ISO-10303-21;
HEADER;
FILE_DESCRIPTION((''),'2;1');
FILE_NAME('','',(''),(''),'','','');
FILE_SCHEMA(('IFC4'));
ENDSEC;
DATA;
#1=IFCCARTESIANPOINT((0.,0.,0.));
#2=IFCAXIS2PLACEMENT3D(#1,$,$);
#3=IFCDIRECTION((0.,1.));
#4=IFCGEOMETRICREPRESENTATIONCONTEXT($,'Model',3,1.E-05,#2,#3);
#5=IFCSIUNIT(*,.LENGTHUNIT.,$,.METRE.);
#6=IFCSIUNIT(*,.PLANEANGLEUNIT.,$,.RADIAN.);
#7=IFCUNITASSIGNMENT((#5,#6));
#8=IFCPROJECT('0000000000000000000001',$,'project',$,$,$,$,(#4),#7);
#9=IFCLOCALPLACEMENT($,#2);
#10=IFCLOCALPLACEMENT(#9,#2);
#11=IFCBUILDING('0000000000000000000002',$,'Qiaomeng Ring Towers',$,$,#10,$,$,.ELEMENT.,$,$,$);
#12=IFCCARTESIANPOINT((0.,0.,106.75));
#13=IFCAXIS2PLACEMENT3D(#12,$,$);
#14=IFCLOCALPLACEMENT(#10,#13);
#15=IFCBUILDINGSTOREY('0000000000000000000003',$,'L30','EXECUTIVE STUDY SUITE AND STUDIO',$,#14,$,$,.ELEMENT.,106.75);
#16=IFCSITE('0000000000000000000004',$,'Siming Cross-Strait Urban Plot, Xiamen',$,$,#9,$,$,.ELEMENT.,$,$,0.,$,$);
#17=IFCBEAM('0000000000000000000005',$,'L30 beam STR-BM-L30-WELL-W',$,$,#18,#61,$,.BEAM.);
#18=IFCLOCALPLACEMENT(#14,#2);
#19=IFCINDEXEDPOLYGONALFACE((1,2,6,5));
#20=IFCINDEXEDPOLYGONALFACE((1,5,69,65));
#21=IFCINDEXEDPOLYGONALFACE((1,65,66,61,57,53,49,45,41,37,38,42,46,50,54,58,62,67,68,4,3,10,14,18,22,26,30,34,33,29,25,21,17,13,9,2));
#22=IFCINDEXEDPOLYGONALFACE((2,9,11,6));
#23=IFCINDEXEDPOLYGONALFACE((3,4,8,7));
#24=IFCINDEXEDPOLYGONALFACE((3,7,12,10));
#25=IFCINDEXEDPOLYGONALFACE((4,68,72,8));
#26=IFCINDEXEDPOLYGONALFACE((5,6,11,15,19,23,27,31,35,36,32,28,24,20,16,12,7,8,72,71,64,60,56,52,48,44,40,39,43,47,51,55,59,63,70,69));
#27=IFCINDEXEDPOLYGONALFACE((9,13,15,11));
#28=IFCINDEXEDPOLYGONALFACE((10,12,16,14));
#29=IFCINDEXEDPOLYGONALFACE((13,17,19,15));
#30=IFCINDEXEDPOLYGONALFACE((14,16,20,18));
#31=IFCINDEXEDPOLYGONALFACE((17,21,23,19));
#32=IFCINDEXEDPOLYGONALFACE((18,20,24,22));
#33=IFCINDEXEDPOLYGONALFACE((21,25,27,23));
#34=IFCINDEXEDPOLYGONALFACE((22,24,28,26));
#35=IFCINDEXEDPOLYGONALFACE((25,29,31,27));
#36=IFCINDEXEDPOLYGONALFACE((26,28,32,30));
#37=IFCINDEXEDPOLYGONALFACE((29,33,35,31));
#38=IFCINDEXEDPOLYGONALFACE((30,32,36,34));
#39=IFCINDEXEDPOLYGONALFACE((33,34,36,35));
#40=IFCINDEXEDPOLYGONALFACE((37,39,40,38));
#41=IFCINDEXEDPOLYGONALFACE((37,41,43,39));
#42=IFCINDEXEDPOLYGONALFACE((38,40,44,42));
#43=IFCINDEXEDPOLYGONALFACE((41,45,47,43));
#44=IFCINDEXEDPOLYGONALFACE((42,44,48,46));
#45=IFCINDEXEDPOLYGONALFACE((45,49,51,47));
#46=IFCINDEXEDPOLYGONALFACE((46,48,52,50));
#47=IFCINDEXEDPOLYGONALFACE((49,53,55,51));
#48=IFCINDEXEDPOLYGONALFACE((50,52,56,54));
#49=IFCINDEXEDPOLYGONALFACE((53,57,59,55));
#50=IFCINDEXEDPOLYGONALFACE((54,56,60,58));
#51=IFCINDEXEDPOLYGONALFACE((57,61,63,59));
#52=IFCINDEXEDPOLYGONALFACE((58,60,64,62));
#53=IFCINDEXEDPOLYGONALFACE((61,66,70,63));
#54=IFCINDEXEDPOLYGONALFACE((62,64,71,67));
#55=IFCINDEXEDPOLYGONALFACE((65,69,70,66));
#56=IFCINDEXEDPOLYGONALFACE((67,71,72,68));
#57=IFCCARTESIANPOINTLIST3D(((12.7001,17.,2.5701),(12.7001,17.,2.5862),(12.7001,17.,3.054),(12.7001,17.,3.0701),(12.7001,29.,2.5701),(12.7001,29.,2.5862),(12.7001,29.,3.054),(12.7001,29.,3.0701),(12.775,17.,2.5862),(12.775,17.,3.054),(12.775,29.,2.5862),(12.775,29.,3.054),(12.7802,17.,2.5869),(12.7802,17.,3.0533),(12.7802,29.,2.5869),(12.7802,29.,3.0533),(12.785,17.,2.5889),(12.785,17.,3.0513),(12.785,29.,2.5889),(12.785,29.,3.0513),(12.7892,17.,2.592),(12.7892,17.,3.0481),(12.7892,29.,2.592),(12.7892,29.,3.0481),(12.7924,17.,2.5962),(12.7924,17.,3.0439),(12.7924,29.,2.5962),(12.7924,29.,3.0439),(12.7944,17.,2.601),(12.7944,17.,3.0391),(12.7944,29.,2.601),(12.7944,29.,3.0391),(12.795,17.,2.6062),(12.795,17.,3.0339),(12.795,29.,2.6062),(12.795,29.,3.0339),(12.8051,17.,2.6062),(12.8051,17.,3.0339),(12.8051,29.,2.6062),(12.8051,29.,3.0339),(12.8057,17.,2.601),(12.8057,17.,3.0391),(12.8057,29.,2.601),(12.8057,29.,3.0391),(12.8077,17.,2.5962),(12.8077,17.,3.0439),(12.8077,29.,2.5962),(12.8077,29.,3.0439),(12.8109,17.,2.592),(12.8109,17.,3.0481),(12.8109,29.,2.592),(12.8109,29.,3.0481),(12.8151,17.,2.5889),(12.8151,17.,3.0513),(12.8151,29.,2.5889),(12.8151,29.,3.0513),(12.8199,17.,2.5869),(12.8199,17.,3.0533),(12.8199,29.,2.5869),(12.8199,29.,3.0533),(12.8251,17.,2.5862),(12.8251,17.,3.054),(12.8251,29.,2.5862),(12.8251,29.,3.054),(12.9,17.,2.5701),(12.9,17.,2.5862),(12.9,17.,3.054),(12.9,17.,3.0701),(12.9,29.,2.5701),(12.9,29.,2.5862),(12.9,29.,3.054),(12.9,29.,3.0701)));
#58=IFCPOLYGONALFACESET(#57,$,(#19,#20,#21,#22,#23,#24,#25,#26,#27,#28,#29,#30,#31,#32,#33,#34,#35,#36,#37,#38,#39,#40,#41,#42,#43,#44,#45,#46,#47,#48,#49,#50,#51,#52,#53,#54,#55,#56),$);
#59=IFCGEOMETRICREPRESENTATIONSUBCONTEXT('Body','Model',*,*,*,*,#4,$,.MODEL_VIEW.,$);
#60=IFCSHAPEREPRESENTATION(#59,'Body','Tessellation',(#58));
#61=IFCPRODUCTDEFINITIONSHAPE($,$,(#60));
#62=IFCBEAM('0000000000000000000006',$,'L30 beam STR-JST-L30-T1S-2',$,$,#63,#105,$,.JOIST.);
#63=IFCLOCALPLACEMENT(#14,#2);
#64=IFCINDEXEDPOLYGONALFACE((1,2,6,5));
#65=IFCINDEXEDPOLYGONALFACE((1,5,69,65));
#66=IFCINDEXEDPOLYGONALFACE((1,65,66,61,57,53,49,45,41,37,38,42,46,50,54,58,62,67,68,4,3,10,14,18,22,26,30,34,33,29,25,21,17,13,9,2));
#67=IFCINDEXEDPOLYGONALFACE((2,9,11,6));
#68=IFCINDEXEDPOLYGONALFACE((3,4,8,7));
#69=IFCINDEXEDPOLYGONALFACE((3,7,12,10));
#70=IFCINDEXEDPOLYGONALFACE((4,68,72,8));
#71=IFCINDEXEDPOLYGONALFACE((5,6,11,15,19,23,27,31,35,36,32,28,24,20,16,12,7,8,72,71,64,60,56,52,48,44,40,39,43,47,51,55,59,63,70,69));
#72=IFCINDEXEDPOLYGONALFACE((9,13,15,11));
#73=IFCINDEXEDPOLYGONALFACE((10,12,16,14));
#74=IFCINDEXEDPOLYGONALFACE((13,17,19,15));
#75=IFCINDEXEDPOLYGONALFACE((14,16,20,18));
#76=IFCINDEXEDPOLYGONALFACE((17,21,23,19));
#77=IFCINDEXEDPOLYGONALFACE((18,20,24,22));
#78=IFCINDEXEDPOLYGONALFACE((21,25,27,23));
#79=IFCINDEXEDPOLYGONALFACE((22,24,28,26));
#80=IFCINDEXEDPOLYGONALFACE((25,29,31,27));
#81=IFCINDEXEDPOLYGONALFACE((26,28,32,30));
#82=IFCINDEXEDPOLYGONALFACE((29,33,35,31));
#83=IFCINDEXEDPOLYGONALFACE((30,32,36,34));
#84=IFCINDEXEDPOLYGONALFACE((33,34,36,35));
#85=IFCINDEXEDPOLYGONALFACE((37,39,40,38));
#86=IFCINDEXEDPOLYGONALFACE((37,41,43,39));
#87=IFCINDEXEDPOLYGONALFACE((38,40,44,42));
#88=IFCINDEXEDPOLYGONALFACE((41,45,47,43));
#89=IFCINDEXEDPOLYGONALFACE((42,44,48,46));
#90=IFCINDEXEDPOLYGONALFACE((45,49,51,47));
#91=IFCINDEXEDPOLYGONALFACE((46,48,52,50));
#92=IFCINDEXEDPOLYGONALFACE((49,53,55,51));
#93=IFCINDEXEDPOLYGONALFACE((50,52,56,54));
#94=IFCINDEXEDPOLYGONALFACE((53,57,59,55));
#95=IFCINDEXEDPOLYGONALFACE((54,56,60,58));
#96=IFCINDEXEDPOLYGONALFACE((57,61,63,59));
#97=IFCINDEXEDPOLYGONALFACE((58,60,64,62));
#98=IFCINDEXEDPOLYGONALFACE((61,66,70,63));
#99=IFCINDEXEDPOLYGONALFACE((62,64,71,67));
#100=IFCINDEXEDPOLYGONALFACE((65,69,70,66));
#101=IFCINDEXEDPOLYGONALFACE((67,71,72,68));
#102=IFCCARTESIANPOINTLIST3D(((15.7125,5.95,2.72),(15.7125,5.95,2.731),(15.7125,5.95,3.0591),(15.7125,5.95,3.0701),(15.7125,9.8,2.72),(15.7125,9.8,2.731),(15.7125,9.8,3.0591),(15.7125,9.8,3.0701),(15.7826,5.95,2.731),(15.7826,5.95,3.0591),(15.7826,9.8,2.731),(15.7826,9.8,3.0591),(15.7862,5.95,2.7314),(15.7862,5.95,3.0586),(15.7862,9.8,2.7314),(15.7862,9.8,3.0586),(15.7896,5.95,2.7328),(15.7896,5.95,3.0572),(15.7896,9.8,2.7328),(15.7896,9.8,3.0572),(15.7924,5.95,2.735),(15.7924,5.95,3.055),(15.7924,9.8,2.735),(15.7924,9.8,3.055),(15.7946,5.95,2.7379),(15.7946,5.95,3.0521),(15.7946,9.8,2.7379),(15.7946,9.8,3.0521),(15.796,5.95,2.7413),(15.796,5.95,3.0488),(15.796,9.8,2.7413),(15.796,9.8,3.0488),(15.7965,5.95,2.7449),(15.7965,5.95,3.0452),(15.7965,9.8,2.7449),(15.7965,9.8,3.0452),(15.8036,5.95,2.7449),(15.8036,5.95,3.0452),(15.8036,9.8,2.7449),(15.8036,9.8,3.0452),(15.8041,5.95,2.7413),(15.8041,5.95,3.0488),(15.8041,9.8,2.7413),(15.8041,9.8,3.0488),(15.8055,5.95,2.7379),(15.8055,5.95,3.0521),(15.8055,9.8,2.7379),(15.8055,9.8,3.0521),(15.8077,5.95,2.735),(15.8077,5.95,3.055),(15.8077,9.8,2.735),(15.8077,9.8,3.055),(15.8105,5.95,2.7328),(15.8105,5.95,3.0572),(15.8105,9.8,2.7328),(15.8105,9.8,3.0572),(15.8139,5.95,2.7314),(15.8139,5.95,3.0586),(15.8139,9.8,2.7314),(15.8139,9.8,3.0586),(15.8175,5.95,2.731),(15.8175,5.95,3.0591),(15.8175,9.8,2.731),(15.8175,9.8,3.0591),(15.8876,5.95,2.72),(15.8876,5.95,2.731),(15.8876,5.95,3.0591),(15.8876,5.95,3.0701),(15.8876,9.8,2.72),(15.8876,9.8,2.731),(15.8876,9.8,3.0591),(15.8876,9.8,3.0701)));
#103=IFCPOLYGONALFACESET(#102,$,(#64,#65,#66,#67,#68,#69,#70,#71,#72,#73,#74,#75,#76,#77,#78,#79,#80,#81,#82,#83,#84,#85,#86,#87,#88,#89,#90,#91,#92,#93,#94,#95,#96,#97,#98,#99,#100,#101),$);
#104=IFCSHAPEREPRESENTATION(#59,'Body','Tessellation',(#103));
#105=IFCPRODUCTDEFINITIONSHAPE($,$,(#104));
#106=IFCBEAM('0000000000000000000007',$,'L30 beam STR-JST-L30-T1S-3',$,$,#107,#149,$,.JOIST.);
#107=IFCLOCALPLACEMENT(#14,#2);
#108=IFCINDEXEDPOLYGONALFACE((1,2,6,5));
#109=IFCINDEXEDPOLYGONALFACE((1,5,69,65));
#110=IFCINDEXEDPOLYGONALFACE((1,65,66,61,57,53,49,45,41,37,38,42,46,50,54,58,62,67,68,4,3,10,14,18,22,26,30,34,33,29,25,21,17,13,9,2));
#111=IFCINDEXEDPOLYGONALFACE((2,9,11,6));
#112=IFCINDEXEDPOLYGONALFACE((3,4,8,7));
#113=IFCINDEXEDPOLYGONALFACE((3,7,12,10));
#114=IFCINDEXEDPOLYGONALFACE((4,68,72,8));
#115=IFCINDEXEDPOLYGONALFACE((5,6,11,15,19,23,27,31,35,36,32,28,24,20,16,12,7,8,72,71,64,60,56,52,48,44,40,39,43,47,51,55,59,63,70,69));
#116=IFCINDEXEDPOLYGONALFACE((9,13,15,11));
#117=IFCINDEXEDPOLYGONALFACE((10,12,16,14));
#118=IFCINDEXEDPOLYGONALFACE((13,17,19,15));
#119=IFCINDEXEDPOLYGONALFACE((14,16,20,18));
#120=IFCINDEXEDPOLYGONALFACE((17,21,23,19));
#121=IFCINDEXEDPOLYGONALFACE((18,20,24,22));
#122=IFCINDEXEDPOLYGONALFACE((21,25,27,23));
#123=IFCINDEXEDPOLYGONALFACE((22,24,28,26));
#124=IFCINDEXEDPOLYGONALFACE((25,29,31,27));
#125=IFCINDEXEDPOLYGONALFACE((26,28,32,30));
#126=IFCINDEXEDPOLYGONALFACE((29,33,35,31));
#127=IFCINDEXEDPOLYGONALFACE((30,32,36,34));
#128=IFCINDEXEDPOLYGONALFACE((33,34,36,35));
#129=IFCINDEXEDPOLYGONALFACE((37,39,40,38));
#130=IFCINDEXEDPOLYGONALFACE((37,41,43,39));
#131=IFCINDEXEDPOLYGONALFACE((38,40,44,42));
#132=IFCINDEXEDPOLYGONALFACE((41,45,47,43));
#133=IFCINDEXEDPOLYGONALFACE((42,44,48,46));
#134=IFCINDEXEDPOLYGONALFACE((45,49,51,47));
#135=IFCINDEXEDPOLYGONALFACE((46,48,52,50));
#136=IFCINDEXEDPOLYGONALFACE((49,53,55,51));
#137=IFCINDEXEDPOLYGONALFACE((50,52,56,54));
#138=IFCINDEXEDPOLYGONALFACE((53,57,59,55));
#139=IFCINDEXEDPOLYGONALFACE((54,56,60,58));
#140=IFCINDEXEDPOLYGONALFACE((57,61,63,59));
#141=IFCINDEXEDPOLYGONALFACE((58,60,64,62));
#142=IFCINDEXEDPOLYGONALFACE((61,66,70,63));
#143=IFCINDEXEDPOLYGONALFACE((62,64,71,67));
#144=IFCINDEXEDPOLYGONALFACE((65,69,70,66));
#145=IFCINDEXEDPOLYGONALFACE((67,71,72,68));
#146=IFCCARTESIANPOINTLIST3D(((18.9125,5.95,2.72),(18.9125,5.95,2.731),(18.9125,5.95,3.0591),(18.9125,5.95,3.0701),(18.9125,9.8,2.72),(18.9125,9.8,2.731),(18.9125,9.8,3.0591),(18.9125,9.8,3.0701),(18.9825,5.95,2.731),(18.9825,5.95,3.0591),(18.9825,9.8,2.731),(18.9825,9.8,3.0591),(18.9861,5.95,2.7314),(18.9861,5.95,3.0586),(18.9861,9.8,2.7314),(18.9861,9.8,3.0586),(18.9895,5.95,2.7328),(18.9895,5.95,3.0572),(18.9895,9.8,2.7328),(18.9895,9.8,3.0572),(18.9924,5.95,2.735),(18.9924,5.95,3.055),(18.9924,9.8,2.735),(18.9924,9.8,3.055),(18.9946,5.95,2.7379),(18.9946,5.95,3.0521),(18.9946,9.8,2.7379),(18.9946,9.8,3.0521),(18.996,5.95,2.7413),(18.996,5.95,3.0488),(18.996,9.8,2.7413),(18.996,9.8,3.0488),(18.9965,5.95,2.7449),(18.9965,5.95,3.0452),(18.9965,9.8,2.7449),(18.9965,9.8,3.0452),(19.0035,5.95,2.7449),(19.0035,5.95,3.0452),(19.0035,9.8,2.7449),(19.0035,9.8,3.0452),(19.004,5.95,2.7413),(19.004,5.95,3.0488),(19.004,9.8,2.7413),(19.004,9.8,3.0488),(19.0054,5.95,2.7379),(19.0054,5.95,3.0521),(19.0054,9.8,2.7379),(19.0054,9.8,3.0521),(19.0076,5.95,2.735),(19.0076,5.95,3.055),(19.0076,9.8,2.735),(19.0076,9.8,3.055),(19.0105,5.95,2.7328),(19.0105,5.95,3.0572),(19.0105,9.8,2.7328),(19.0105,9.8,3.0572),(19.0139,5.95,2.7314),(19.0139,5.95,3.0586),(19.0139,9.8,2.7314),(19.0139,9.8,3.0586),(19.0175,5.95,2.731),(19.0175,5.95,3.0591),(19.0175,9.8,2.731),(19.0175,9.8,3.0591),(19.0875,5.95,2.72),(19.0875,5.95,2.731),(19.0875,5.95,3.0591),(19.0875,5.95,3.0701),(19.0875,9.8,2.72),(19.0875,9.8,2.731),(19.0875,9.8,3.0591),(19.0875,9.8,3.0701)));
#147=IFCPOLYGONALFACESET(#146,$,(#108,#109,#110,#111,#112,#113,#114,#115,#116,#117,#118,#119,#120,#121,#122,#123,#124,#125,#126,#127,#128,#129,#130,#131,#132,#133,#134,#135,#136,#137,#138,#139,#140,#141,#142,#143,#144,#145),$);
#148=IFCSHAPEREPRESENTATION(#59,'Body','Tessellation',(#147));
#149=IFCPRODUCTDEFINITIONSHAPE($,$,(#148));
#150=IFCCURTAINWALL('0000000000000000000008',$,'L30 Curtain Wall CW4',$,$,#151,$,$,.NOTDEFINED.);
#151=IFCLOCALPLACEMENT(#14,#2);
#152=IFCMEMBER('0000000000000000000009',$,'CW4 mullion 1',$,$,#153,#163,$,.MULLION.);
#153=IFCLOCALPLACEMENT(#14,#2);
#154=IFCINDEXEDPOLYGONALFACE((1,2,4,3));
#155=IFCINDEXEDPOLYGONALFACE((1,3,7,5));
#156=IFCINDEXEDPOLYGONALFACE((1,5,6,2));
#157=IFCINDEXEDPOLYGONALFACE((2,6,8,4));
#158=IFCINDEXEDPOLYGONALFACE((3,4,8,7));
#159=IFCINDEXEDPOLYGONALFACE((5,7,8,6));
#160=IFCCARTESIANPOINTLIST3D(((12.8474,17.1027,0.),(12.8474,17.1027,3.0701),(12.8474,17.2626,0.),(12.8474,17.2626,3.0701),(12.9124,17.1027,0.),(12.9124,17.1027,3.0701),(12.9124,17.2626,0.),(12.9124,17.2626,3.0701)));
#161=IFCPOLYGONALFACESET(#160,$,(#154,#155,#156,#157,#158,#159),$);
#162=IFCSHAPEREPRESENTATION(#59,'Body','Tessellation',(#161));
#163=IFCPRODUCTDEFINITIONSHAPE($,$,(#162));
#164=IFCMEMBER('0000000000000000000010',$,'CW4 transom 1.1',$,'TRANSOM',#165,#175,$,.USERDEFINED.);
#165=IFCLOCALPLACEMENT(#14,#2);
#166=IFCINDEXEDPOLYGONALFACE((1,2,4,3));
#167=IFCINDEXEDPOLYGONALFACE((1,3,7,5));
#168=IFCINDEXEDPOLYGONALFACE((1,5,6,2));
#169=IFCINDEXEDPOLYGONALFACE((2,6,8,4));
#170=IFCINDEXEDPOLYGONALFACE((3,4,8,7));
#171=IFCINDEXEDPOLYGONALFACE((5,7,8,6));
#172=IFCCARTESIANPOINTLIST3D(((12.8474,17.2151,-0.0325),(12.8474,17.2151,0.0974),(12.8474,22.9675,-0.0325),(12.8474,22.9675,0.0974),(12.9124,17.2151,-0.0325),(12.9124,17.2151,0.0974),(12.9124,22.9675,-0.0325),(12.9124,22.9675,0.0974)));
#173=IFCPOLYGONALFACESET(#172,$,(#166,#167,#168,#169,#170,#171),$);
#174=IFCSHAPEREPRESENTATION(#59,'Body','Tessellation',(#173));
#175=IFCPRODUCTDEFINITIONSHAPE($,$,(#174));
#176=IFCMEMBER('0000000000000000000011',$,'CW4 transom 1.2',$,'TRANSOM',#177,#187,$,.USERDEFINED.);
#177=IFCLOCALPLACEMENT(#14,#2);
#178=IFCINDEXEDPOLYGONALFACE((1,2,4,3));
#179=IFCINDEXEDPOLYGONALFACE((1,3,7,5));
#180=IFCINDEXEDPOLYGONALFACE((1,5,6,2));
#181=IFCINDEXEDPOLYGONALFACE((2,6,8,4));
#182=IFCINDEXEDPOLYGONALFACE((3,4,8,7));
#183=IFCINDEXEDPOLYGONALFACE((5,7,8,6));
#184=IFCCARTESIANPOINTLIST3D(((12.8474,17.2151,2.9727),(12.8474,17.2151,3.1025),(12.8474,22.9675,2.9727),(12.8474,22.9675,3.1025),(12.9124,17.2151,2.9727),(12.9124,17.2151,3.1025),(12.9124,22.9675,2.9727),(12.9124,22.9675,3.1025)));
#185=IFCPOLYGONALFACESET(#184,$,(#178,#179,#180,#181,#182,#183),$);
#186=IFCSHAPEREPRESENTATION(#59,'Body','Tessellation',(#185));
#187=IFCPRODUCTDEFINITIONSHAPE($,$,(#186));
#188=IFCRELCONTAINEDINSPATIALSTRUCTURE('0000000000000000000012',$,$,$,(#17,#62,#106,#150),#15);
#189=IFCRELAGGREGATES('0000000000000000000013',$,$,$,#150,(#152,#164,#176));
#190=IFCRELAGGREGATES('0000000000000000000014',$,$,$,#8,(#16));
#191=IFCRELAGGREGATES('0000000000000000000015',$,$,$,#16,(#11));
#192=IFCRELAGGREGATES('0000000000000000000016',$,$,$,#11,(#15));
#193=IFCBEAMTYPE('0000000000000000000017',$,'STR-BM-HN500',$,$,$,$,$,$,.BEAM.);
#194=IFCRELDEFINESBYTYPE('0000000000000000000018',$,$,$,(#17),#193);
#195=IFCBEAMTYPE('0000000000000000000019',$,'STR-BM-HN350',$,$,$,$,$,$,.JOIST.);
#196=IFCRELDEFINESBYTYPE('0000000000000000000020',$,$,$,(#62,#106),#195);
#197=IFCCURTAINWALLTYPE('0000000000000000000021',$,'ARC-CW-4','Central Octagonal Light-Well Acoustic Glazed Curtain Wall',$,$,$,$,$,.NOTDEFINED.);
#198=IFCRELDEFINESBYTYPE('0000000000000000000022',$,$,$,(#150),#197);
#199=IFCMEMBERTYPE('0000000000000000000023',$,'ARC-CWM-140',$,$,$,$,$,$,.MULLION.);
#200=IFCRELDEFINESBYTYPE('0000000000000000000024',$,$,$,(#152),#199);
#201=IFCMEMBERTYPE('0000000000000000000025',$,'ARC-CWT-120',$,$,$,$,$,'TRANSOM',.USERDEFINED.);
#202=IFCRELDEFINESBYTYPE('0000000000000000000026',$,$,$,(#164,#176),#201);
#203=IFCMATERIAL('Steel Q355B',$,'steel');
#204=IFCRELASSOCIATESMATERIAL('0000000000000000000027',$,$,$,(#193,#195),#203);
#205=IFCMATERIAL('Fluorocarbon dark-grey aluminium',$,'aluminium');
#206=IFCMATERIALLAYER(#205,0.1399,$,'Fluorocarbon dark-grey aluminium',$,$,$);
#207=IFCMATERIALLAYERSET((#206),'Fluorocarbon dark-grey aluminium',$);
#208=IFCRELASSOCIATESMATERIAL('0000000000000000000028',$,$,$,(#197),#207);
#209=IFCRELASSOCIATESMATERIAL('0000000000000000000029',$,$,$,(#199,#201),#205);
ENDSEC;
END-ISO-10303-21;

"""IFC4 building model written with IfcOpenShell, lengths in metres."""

from ifc_helpers import new_model, si_unit, direction, frame, origin, origin_2d, place, context, subcontext, project, spatial, rectangle, i_section, extrude, source, transform, mapped, material, layer, layer_set, material_profile, profile_set, type_object, element, aggregate, save


model = new_model("IFC4")

# Units and contexts
model_context = context("Model", 3, precision=1e-05, world=origin(), true_north=direction((0.0, 1.0)))
body_context = subcontext(model_context, "Body", "Model", "MODEL_VIEW")
ifc_project = project(units=[si_unit("LENGTHUNIT", "METRE"), si_unit("PLANEANGLEUNIT", "RADIAN")], contexts=[model_context])

# Site, building, storey
site_placement = place(None, origin())
site = spatial("IfcSite", under=ifc_project, at=site_placement, Name="Siming Cross-Strait Urban Plot, Xiamen", CompositionType="ELEMENT", RefElevation=0.0)
building_placement = place(site_placement, origin())
building = spatial("IfcBuilding", under=site, at=building_placement, Name="Qiaomeng Ring Towers", CompositionType="ELEMENT")
storey_placement = place(building_placement, frame((0.0, 0.0, 106.75)))
storey = spatial("IfcBuildingStorey", under=building, at=storey_placement, Name="L30", Description="EXECUTIVE STUDY SUITE AND STUDIO", CompositionType="ELEMENT", Elevation=106.75)

# Beams
ifc_material_1 = material(Name="Steel Q355B", Category="steel")
ifc_material_profile_1 = material_profile(ifc_material_1, i_section(OverallWidth=0.2, OverallDepth=0.5, WebThickness=0.01, FlangeThickness=0.0161, FilletRadius=0.02, at=origin_2d()), Name="HN 500x200x10x16")
ifc_profile_set_1 = profile_set([ifc_material_profile_1], Name="Steel Q355B")
beam_type_1 = type_object("IfcBeamType", Name="STR-BM-HN500", PredefinedType="BEAM", material=ifc_profile_set_1)
shared_shape_1 = source(origin(), body_context, "Body", "SweptSolid", [
    extrude(i_section(OverallWidth=0.2, OverallDepth=0.5, WebThickness=0.01, FlangeThickness=0.0161, FilletRadius=0.02, at=origin_2d()), origin(), (0.0, 0.0, 1.0), 12.0),
])
beam_placement = place(storey_placement, frame((12.8, 17.0, 2.8201), z_axis=(0.0, 1.0, 0.0), x_axis=(-1.0, 0.0, 0.0)))
element("IfcBeam", 1, at=beam_placement, inside=storey, type_object=beam_type_1, Name="L30 beam STR-BM-L30-WELL-W", PredefinedType="BEAM", context=body_context, shape_type="MappedRepresentation", body=[
    mapped(shared_shape_1, transform((0.0, 0.0, 0.0), x_axis=(1.0, 0.0, 0.0), y_axis=(0.0, 1.0, 0.0), z_axis=(0.0, 0.0, 1.0), scale=1.0)),
])
ifc_material_profile_2 = material_profile(ifc_material_1, i_section(OverallWidth=0.175, OverallDepth=0.3501, WebThickness=0.0071, FlangeThickness=0.011, FilletRadius=0.0139, at=origin_2d()), Name="HN 350x175x7x11")
ifc_profile_set_2 = profile_set([ifc_material_profile_2], Name="Steel Q355B")
beam_type_2 = type_object("IfcBeamType", Name="STR-BM-HN350", PredefinedType="JOIST", material=ifc_profile_set_2)
shared_shape_2 = source(origin(), body_context, "Body", "SweptSolid", [
    extrude(i_section(OverallWidth=0.175, OverallDepth=0.3501, WebThickness=0.0071, FlangeThickness=0.011, FilletRadius=0.0139, at=origin_2d()), origin(), (0.0, 0.0, 1.0), 3.8501),
])
for number, where, z_axis, x_axis, name in (
    (2, (15.8, 5.95, 2.895), (0.0, 1.0, 0.0), (-1.0, 0.0, 0.0), "L30 beam STR-JST-L30-T1S-2"),
    (3, (19.0, 5.95, 2.895), (0.0, 1.0, 0.0), (-1.0, 0.0, 0.0), "L30 beam STR-JST-L30-T1S-3"),
):
    element("IfcBeam", number, at=place(storey_placement, frame(where, z_axis=z_axis, x_axis=x_axis)), inside=storey, type_object=beam_type_2, Name=name, PredefinedType="JOIST", context=body_context, shape_type="MappedRepresentation", body=[
        mapped(shared_shape_2, transform((0.0, 0.0, 0.0), x_axis=(1.0, 0.0, 0.0), y_axis=(0.0, 1.0, 0.0), z_axis=(0.0, 0.0, 1.0), scale=1.0)),
    ])

# Curtain wall, members
ifc_material_2 = material(Name="Fluorocarbon dark-grey aluminium", Category="aluminium")
ifc_layer_1 = layer(ifc_material_2, 0.1399, Name="Fluorocarbon dark-grey aluminium")
ifc_layer_set_1 = layer_set([ifc_layer_1], Name="Fluorocarbon dark-grey aluminium")
curtain_wall_type = type_object("IfcCurtainWallType", Name="ARC-CW-4", Description="Central Octagonal Light-Well Acoustic Glazed Curtain Wall", PredefinedType="NOTDEFINED", material=ifc_layer_set_1)
curtain_wall_placement = place(storey_placement, origin())
curtain_wall = element("IfcCurtainWall", 4, at=curtain_wall_placement, inside=storey, type_object=curtain_wall_type, Name="L30 Curtain Wall CW4", PredefinedType="NOTDEFINED")
ifc_material_profile_3 = material_profile(ifc_material_2, rectangle(XDim=0.0649, YDim=0.1599, at=origin_2d()), Name="ALU MULL 65x160")
ifc_profile_set_3 = profile_set([ifc_material_profile_3], Name="Fluorocarbon dark-grey aluminium")
member_type_1 = type_object("IfcMemberType", Name="ARC-CWM-140", PredefinedType="MULLION", material=ifc_profile_set_3)
shared_shape_3 = source(origin(), body_context, "Body", "SweptSolid", [
    extrude(rectangle(XDim=0.0649, YDim=0.1599, at=origin_2d()), origin(), (0.0, 0.0, 1.0), 3.0701),
])
member_1_placement = place(storey_placement, frame((12.8799, 17.1826, 0.0), z_axis=(0.0, 0.0, 1.0), x_axis=(-1.0, 0.0, 0.0)))
member_1 = element("IfcMember", 5, at=member_1_placement, type_object=member_type_1, Name="CW4 mullion 1", PredefinedType="MULLION", context=body_context, shape_type="MappedRepresentation", body=[
    mapped(shared_shape_3, transform((0.0, 0.0, 0.0), x_axis=(1.0, 0.0, 0.0), y_axis=(0.0, 1.0, 0.0), z_axis=(0.0, 0.0, 1.0), scale=1.0)),
])
ifc_material_profile_4 = material_profile(ifc_material_2, rectangle(XDim=0.0649, YDim=0.1299, at=origin_2d()), Name="ALU TRAN 65x130")
ifc_profile_set_4 = profile_set([ifc_material_profile_4], Name="Fluorocarbon dark-grey aluminium")
member_type_2 = type_object("IfcMemberType", Name="ARC-CWT-120", ElementType="TRANSOM", PredefinedType="USERDEFINED", material=ifc_profile_set_4)
shared_shape_4 = source(origin(), body_context, "Body", "SweptSolid", [
    extrude(rectangle(XDim=0.0649, YDim=0.1299, at=origin_2d()), origin(), (0.0, 0.0, 1.0), 5.7524),
])
member_2_placement = place(storey_placement, frame((12.8799, 17.2151, 0.0325), z_axis=(0.0, 1.0, 0.0), x_axis=(-1.0, 0.0, 0.0)))
member_2 = element("IfcMember", 6, at=member_2_placement, type_object=member_type_2, Name="CW4 transom 1.1", ObjectType="TRANSOM", PredefinedType="USERDEFINED", context=body_context, shape_type="MappedRepresentation", body=[
    mapped(shared_shape_4, transform((0.0, 0.0, 0.0), x_axis=(1.0, 0.0, 0.0), y_axis=(0.0, 1.0, 0.0), z_axis=(0.0, 0.0, 1.0), scale=1.0)),
])
member_3_placement = place(storey_placement, frame((12.8799, 17.2151, 3.0376), z_axis=(0.0, 1.0, 0.0), x_axis=(-1.0, 0.0, 0.0)))
member_3 = element("IfcMember", 7, at=member_3_placement, type_object=member_type_2, Name="CW4 transom 1.2", ObjectType="TRANSOM", PredefinedType="USERDEFINED", context=body_context, shape_type="MappedRepresentation", body=[
    mapped(shared_shape_4, transform((0.0, 0.0, 0.0), x_axis=(1.0, 0.0, 0.0), y_axis=(0.0, 1.0, 0.0), z_axis=(0.0, 0.0, 1.0), scale=1.0)),
])
aggregate(curtain_wall, [member_1, member_2, member_3])

save(model, "model.ifc")
